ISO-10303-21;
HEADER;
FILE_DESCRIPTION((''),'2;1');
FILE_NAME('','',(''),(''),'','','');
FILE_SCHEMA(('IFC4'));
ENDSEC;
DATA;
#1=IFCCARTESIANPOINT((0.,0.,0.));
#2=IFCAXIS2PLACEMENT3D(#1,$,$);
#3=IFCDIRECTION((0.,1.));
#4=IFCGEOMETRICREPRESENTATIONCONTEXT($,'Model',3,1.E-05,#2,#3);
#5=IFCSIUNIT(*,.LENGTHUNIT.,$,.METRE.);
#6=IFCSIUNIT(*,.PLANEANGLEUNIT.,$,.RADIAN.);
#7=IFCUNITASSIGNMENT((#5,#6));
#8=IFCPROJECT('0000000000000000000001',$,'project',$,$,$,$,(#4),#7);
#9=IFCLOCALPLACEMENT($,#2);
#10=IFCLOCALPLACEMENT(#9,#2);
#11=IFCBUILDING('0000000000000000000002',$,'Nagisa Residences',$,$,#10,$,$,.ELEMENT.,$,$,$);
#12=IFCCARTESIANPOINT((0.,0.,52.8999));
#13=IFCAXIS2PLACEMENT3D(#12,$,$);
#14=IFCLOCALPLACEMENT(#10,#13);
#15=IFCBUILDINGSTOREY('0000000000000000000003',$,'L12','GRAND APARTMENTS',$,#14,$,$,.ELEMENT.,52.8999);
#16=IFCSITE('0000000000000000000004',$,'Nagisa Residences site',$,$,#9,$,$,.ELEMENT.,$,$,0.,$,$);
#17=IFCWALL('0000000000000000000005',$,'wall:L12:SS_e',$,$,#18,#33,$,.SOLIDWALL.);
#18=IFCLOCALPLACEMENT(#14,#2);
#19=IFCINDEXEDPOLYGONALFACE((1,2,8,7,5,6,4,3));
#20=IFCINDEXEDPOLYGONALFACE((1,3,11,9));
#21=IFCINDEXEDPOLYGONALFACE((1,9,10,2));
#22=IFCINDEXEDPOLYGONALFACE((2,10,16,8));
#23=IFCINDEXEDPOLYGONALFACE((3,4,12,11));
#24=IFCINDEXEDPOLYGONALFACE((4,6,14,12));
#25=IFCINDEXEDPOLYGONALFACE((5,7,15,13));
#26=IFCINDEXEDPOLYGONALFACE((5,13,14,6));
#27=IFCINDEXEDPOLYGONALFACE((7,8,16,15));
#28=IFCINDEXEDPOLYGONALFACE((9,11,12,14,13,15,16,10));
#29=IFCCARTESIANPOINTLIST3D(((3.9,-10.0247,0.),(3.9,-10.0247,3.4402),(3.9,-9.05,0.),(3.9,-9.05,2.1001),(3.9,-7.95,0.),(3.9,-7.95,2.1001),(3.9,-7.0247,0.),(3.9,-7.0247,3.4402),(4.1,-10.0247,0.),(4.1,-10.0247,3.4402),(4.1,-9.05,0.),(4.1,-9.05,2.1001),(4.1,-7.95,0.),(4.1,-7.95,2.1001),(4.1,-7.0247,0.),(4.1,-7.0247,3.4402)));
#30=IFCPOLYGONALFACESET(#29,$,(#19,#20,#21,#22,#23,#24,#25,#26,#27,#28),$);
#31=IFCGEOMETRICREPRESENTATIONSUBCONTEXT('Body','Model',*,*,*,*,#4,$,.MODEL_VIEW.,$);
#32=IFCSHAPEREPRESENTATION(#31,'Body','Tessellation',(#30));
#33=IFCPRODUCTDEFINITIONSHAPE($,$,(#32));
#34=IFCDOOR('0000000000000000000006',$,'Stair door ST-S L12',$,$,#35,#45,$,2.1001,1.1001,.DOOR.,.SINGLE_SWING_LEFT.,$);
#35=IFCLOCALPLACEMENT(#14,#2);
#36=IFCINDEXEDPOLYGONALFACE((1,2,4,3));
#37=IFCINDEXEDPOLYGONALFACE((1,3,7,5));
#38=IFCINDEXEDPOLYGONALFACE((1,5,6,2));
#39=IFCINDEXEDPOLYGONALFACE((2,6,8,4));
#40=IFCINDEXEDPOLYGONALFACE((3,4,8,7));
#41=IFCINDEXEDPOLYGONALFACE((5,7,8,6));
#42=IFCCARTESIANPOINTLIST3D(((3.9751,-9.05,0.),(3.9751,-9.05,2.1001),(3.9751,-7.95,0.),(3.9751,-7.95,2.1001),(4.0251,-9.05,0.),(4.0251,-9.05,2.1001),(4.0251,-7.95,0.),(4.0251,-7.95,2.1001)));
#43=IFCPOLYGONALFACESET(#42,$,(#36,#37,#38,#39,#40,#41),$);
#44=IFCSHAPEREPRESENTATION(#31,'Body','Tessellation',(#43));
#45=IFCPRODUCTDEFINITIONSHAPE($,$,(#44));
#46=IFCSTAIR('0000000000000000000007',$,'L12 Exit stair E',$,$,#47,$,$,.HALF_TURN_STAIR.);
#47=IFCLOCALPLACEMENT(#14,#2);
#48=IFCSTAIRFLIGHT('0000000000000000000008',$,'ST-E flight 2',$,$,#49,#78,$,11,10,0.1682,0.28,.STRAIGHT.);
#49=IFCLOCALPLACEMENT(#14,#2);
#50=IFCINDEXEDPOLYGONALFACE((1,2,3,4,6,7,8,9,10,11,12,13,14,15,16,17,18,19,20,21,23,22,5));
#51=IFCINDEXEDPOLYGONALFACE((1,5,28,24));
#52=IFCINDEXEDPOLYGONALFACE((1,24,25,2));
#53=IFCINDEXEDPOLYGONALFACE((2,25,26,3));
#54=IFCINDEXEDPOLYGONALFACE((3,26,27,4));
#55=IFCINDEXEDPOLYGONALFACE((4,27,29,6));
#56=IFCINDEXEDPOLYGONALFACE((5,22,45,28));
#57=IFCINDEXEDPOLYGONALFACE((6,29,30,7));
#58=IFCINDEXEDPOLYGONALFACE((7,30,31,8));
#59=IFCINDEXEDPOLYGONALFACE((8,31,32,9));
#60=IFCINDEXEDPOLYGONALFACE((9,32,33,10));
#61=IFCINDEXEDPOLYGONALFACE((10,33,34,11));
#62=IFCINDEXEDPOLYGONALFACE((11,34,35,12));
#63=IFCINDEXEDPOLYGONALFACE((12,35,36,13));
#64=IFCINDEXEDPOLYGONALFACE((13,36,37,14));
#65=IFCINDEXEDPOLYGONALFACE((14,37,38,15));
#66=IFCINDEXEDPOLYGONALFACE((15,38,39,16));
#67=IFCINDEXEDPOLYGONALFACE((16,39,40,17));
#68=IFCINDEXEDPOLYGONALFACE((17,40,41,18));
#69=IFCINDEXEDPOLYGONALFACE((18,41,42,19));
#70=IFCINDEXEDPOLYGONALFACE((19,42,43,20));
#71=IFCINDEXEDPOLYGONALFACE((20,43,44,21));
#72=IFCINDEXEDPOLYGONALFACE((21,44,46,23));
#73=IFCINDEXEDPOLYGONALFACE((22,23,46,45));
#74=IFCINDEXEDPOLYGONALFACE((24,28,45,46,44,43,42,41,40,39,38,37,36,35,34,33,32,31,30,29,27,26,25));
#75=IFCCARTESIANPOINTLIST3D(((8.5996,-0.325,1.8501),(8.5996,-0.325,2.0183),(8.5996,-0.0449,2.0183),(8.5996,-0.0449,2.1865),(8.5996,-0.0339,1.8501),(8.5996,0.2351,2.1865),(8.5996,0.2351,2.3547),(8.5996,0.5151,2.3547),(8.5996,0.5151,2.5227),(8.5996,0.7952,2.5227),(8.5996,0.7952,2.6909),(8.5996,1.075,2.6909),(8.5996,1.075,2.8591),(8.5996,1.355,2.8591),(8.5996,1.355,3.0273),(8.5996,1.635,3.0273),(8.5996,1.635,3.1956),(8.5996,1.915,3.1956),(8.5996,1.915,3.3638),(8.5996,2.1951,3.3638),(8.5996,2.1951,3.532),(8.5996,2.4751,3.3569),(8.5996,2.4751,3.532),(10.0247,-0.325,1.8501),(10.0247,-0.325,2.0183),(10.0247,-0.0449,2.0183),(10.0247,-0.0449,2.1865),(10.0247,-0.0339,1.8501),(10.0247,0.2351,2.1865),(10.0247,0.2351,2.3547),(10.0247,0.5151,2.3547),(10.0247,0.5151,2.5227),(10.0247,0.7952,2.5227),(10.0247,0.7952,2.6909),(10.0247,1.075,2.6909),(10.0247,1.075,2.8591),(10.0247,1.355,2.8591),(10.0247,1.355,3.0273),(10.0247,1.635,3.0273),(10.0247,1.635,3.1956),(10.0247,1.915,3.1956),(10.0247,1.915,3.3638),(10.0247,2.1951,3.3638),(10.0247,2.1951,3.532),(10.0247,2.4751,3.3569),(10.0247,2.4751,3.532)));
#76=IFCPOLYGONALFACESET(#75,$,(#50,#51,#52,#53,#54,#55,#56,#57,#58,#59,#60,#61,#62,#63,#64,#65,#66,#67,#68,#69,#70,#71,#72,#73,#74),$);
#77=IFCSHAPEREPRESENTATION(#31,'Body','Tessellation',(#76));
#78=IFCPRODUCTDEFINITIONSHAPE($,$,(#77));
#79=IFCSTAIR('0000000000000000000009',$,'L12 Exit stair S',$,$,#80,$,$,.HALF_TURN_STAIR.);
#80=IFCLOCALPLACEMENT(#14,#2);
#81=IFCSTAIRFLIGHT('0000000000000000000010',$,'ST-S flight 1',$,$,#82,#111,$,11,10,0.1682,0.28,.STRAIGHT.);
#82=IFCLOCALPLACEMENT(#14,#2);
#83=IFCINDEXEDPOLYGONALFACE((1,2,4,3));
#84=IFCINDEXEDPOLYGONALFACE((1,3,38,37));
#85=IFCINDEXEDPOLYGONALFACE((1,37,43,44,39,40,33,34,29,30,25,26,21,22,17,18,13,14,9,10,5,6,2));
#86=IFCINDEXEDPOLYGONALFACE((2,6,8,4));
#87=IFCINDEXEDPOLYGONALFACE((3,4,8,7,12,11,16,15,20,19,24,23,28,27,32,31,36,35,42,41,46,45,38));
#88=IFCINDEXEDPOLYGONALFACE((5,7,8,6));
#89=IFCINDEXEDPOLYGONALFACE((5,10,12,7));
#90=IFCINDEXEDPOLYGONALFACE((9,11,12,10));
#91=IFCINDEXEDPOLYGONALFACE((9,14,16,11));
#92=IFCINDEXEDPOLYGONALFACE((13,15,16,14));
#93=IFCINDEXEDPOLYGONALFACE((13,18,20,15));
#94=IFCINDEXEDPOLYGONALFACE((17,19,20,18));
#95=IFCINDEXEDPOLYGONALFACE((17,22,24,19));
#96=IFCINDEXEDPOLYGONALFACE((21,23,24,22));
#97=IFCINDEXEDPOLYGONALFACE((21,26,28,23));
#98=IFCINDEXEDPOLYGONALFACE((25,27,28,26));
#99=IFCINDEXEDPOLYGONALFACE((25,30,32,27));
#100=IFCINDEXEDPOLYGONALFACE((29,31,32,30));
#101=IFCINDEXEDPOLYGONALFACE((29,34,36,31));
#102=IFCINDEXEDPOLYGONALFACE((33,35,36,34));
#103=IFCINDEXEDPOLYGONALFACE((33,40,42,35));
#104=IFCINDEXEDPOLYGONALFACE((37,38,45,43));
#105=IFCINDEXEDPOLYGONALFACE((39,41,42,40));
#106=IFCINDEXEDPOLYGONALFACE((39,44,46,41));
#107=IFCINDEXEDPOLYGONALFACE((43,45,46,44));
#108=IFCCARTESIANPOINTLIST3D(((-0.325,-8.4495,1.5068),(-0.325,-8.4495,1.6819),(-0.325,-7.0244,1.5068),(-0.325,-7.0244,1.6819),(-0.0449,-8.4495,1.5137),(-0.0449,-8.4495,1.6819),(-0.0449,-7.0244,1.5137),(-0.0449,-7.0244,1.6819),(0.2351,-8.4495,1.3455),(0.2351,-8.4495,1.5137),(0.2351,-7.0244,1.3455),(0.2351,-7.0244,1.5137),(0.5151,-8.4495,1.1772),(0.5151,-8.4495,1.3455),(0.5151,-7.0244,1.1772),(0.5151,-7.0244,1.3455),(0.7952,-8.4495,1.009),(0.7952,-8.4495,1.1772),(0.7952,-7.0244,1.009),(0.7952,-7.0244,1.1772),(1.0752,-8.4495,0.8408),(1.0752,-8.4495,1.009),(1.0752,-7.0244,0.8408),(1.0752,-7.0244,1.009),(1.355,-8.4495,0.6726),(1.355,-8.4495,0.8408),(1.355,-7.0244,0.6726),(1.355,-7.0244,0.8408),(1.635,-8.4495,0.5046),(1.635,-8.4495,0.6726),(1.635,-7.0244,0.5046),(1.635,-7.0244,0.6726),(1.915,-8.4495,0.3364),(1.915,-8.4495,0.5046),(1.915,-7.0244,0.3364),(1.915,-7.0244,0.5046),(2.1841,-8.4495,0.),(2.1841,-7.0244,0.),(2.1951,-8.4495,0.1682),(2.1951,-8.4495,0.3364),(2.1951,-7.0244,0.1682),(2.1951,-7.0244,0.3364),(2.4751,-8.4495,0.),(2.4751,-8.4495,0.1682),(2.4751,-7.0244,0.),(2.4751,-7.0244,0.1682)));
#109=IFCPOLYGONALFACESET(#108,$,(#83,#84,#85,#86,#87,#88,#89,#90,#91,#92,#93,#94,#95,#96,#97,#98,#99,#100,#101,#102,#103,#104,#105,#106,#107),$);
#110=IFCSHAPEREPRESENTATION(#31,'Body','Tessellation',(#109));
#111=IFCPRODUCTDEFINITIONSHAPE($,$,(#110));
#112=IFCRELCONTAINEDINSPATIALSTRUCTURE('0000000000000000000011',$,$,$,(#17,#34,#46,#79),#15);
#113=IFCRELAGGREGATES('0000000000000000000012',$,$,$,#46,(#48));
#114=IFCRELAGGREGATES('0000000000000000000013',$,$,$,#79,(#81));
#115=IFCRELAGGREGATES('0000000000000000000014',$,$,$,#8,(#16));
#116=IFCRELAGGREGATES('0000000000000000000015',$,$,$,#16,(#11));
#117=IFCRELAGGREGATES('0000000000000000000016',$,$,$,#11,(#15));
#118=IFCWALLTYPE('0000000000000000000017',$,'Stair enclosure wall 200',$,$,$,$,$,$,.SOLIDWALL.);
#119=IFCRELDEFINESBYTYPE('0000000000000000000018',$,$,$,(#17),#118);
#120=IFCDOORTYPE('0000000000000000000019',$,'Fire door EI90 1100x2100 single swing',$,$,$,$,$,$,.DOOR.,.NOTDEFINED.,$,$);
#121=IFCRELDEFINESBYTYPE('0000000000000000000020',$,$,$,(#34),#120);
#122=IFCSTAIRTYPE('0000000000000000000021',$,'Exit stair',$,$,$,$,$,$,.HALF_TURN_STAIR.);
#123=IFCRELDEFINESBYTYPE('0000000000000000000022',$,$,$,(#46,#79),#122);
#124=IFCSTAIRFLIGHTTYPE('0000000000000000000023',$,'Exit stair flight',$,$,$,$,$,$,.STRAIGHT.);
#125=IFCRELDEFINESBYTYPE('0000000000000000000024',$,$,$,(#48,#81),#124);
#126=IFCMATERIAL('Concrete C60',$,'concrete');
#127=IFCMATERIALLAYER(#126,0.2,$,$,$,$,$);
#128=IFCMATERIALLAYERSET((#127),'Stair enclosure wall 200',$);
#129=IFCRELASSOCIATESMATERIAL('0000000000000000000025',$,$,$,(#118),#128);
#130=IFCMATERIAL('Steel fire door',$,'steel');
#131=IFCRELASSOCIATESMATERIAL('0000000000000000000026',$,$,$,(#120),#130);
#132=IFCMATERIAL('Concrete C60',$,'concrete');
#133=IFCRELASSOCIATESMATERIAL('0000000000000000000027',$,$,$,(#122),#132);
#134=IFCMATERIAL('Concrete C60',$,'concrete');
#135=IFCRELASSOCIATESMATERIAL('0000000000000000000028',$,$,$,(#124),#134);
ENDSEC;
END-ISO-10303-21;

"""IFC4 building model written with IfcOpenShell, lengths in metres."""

from ifc_helpers import new_model, si_unit, direction, frame, frame_2d, origin, place, context, subcontext, project, spatial, polyline, rectangle, outline, extrude, material, layer, layer_set, type_object, element, fill, aggregate, save


model = new_model("IFC4")

# Units and contexts
model_context = context("Model", 3, precision=1e-05, world=origin(), true_north=direction((0.0, 1.0)))
body_context = subcontext(model_context, "Body", "Model", "MODEL_VIEW")
ifc_project = project(units=[si_unit("LENGTHUNIT", "METRE"), si_unit("PLANEANGLEUNIT", "RADIAN")], contexts=[model_context])

# Site, building, storey
site_placement = place(None, origin())
site = spatial("IfcSite", under=ifc_project, at=site_placement, Name="Nagisa Residences site", CompositionType="ELEMENT", RefElevation=0.0)
building_placement = place(site_placement, origin())
building = spatial("IfcBuilding", under=site, at=building_placement, Name="Nagisa Residences", CompositionType="ELEMENT")
storey_placement = place(building_placement, frame((0.0, 0.0, 52.8999)))
storey = spatial("IfcBuildingStorey", under=building, at=storey_placement, Name="L12", Description="GRAND APARTMENTS", CompositionType="ELEMENT", Elevation=52.8999)

# Wall, opening, door
ifc_material_1 = material(Name="Concrete C60", Category="concrete")
ifc_layer_1 = layer(ifc_material_1, 0.2)
ifc_layer_set_1 = layer_set([ifc_layer_1], Name="Stair enclosure wall 200")
wall_type_1 = type_object("IfcWallType", Name="Stair enclosure wall 200", PredefinedType="SOLIDWALL", material=ifc_layer_set_1)
wall_1_placement = place(storey_placement, frame((4.0, -10.0247, 0.0), z_axis=(0.0, 0.0, 1.0), x_axis=(0.0, 1.0, 0.0)))
wall_1 = element("IfcWall", 1, at=wall_1_placement, inside=storey, type_object=wall_type_1, Name="wall:L12:SS_e", PredefinedType="SOLIDWALL", context=body_context, shape_type="SweptSolid", body=[
    extrude(rectangle(XDim=3.0, YDim=0.2, at=frame_2d((1.5, 0.0))), origin(), (0.0, 0.0, 1.0), 3.4402),
])
opening_1_placement = place(wall_1_placement, frame((0.9746, 0.0, 0.0)))
opening_1 = element("IfcOpeningElement", 2, at=opening_1_placement, cuts=wall_1, PredefinedType="OPENING", context=body_context, shape_type="SweptSolid", body=[
    extrude(rectangle(XDim=1.1001, YDim=2.1001, at=frame_2d((0.55, 1.05))), frame((0.0, 0.1099, 0.0), z_axis=(0.0, -1.0, 0.0), x_axis=(1.0, 0.0, 0.0)), (0.0, 0.0, 1.0), 0.22),
])
ifc_material_2 = material(Name="Steel fire door", Category="steel")
door_type_1 = type_object("IfcDoorType", Name="Fire door EI90 1100x2100 single swing", OperationType="NOTDEFINED", PredefinedType="DOOR", material=ifc_material_2)
door_1_placement = place(opening_1_placement, origin())
door_1 = element("IfcDoor", 3, at=door_1_placement, inside=storey, type_object=door_type_1, Name="Stair door ST-S L12", OperationType="SINGLE_SWING_LEFT", OverallHeight=2.1001, OverallWidth=1.1001, PredefinedType="DOOR", context=body_context, shape_type="SweptSolid", body=[
    extrude(rectangle(XDim=1.1001, YDim=2.1001, at=frame_2d((0.55, 1.05))), frame((0.0, 0.0249, 0.0), z_axis=(0.0, -1.0, 0.0), x_axis=(1.0, 0.0, 0.0)), (0.0, 0.0, 1.0), 0.05),
])
fill(opening_1, door_1)

# Stairs, stair flights
ifc_material_3 = material(Name="Concrete C60", Category="concrete")
stair_type = type_object("IfcStairType", Name="Exit stair", PredefinedType="HALF_TURN_STAIR", material=ifc_material_3)
stair_1_placement = place(storey_placement, origin())
stair_1 = element("IfcStair", 4, at=stair_1_placement, inside=storey, type_object=stair_type, Name="L12 Exit stair E", PredefinedType="HALF_TURN_STAIR")
ifc_material_4 = material(Name="Concrete C60", Category="concrete")
stair_flight_type = type_object("IfcStairFlightType", Name="Exit stair flight", PredefinedType="STRAIGHT", material=ifc_material_4)
stair_flight_1_placement = place(storey_placement, frame((9.312, -0.325, 1.8501), z_axis=(0.0, 0.0, 1.0), x_axis=(0.0, 1.0, 0.0)))
stair_flight_1 = element("IfcStairFlight", 5, at=stair_flight_1_placement, type_object=stair_flight_type, Name="ST-E flight 2", NumberOfRisers=11, NumberOfTreads=10, PredefinedType="STRAIGHT", RiserHeight=0.1682, TreadLength=0.28, context=body_context, shape_type="SweptSolid", body=[
    extrude(outline(polyline([(0.0, 0.0), (0.0, 0.1682), (0.28, 0.1682), (0.28, 0.3364), (0.5601, 0.3364), (0.5601, 0.5046), (0.8401, 0.5046), (0.8401, 0.6726), (1.1201, 0.6726), (1.1201, 0.8408), (1.3999, 0.8408), (1.3999, 1.009), (1.6799, 1.009), (1.6799, 1.1772), (1.96, 1.1772), (1.96, 1.3455), (2.24, 1.3455), (2.24, 1.5137), (2.52, 1.5137), (2.52, 1.6819), (2.8, 1.6819), (2.8, 1.8501), (2.8, 1.5068), (0.291, 0.0), (0.0, 0.0)])), frame((0.0, 0.7124, 0.0), z_axis=(0.0, -1.0, 0.0), x_axis=(1.0, 0.0, 0.0)), (0.0, 0.0, 1.0), 1.425),
])
aggregate(stair_1, [stair_flight_1])
stair_2_placement = place(storey_placement, origin())
stair_2 = element("IfcStair", 6, at=stair_2_placement, inside=storey, type_object=stair_type, Name="L12 Exit stair S", PredefinedType="HALF_TURN_STAIR")
stair_flight_2_placement = place(storey_placement, frame((2.4751, -7.7371, 0.0), z_axis=(0.0, 0.0, 1.0), x_axis=(-1.0, 0.0, 0.0)))
stair_flight_2 = element("IfcStairFlight", 7, at=stair_flight_2_placement, type_object=stair_flight_type, Name="ST-S flight 1", NumberOfRisers=11, NumberOfTreads=10, PredefinedType="STRAIGHT", RiserHeight=0.1682, TreadLength=0.28, context=body_context, shape_type="SweptSolid", body=[
    extrude(outline(polyline([(0.0, 0.0), (0.0, 0.1682), (0.28, 0.1682), (0.28, 0.3364), (0.5601, 0.3364), (0.5601, 0.5046), (0.8401, 0.5046), (0.8401, 0.6726), (1.1201, 0.6726), (1.1201, 0.8408), (1.3999, 0.8408), (1.3999, 1.009), (1.6799, 1.009), (1.6799, 1.1772), (1.96, 1.1772), (1.96, 1.3455), (2.24, 1.3455), (2.24, 1.5137), (2.52, 1.5137), (2.52, 1.6819), (2.8, 1.6819), (2.8, 1.8501), (2.8, 1.5068), (0.291, 0.0), (0.0, 0.0)])), frame((0.0, 0.7124, 0.0), z_axis=(0.0, -1.0, 0.0), x_axis=(1.0, 0.0, 0.0)), (0.0, 0.0, 1.0), 1.425),
])
aggregate(stair_2, [stair_flight_2])

save(model, "model.ifc")
